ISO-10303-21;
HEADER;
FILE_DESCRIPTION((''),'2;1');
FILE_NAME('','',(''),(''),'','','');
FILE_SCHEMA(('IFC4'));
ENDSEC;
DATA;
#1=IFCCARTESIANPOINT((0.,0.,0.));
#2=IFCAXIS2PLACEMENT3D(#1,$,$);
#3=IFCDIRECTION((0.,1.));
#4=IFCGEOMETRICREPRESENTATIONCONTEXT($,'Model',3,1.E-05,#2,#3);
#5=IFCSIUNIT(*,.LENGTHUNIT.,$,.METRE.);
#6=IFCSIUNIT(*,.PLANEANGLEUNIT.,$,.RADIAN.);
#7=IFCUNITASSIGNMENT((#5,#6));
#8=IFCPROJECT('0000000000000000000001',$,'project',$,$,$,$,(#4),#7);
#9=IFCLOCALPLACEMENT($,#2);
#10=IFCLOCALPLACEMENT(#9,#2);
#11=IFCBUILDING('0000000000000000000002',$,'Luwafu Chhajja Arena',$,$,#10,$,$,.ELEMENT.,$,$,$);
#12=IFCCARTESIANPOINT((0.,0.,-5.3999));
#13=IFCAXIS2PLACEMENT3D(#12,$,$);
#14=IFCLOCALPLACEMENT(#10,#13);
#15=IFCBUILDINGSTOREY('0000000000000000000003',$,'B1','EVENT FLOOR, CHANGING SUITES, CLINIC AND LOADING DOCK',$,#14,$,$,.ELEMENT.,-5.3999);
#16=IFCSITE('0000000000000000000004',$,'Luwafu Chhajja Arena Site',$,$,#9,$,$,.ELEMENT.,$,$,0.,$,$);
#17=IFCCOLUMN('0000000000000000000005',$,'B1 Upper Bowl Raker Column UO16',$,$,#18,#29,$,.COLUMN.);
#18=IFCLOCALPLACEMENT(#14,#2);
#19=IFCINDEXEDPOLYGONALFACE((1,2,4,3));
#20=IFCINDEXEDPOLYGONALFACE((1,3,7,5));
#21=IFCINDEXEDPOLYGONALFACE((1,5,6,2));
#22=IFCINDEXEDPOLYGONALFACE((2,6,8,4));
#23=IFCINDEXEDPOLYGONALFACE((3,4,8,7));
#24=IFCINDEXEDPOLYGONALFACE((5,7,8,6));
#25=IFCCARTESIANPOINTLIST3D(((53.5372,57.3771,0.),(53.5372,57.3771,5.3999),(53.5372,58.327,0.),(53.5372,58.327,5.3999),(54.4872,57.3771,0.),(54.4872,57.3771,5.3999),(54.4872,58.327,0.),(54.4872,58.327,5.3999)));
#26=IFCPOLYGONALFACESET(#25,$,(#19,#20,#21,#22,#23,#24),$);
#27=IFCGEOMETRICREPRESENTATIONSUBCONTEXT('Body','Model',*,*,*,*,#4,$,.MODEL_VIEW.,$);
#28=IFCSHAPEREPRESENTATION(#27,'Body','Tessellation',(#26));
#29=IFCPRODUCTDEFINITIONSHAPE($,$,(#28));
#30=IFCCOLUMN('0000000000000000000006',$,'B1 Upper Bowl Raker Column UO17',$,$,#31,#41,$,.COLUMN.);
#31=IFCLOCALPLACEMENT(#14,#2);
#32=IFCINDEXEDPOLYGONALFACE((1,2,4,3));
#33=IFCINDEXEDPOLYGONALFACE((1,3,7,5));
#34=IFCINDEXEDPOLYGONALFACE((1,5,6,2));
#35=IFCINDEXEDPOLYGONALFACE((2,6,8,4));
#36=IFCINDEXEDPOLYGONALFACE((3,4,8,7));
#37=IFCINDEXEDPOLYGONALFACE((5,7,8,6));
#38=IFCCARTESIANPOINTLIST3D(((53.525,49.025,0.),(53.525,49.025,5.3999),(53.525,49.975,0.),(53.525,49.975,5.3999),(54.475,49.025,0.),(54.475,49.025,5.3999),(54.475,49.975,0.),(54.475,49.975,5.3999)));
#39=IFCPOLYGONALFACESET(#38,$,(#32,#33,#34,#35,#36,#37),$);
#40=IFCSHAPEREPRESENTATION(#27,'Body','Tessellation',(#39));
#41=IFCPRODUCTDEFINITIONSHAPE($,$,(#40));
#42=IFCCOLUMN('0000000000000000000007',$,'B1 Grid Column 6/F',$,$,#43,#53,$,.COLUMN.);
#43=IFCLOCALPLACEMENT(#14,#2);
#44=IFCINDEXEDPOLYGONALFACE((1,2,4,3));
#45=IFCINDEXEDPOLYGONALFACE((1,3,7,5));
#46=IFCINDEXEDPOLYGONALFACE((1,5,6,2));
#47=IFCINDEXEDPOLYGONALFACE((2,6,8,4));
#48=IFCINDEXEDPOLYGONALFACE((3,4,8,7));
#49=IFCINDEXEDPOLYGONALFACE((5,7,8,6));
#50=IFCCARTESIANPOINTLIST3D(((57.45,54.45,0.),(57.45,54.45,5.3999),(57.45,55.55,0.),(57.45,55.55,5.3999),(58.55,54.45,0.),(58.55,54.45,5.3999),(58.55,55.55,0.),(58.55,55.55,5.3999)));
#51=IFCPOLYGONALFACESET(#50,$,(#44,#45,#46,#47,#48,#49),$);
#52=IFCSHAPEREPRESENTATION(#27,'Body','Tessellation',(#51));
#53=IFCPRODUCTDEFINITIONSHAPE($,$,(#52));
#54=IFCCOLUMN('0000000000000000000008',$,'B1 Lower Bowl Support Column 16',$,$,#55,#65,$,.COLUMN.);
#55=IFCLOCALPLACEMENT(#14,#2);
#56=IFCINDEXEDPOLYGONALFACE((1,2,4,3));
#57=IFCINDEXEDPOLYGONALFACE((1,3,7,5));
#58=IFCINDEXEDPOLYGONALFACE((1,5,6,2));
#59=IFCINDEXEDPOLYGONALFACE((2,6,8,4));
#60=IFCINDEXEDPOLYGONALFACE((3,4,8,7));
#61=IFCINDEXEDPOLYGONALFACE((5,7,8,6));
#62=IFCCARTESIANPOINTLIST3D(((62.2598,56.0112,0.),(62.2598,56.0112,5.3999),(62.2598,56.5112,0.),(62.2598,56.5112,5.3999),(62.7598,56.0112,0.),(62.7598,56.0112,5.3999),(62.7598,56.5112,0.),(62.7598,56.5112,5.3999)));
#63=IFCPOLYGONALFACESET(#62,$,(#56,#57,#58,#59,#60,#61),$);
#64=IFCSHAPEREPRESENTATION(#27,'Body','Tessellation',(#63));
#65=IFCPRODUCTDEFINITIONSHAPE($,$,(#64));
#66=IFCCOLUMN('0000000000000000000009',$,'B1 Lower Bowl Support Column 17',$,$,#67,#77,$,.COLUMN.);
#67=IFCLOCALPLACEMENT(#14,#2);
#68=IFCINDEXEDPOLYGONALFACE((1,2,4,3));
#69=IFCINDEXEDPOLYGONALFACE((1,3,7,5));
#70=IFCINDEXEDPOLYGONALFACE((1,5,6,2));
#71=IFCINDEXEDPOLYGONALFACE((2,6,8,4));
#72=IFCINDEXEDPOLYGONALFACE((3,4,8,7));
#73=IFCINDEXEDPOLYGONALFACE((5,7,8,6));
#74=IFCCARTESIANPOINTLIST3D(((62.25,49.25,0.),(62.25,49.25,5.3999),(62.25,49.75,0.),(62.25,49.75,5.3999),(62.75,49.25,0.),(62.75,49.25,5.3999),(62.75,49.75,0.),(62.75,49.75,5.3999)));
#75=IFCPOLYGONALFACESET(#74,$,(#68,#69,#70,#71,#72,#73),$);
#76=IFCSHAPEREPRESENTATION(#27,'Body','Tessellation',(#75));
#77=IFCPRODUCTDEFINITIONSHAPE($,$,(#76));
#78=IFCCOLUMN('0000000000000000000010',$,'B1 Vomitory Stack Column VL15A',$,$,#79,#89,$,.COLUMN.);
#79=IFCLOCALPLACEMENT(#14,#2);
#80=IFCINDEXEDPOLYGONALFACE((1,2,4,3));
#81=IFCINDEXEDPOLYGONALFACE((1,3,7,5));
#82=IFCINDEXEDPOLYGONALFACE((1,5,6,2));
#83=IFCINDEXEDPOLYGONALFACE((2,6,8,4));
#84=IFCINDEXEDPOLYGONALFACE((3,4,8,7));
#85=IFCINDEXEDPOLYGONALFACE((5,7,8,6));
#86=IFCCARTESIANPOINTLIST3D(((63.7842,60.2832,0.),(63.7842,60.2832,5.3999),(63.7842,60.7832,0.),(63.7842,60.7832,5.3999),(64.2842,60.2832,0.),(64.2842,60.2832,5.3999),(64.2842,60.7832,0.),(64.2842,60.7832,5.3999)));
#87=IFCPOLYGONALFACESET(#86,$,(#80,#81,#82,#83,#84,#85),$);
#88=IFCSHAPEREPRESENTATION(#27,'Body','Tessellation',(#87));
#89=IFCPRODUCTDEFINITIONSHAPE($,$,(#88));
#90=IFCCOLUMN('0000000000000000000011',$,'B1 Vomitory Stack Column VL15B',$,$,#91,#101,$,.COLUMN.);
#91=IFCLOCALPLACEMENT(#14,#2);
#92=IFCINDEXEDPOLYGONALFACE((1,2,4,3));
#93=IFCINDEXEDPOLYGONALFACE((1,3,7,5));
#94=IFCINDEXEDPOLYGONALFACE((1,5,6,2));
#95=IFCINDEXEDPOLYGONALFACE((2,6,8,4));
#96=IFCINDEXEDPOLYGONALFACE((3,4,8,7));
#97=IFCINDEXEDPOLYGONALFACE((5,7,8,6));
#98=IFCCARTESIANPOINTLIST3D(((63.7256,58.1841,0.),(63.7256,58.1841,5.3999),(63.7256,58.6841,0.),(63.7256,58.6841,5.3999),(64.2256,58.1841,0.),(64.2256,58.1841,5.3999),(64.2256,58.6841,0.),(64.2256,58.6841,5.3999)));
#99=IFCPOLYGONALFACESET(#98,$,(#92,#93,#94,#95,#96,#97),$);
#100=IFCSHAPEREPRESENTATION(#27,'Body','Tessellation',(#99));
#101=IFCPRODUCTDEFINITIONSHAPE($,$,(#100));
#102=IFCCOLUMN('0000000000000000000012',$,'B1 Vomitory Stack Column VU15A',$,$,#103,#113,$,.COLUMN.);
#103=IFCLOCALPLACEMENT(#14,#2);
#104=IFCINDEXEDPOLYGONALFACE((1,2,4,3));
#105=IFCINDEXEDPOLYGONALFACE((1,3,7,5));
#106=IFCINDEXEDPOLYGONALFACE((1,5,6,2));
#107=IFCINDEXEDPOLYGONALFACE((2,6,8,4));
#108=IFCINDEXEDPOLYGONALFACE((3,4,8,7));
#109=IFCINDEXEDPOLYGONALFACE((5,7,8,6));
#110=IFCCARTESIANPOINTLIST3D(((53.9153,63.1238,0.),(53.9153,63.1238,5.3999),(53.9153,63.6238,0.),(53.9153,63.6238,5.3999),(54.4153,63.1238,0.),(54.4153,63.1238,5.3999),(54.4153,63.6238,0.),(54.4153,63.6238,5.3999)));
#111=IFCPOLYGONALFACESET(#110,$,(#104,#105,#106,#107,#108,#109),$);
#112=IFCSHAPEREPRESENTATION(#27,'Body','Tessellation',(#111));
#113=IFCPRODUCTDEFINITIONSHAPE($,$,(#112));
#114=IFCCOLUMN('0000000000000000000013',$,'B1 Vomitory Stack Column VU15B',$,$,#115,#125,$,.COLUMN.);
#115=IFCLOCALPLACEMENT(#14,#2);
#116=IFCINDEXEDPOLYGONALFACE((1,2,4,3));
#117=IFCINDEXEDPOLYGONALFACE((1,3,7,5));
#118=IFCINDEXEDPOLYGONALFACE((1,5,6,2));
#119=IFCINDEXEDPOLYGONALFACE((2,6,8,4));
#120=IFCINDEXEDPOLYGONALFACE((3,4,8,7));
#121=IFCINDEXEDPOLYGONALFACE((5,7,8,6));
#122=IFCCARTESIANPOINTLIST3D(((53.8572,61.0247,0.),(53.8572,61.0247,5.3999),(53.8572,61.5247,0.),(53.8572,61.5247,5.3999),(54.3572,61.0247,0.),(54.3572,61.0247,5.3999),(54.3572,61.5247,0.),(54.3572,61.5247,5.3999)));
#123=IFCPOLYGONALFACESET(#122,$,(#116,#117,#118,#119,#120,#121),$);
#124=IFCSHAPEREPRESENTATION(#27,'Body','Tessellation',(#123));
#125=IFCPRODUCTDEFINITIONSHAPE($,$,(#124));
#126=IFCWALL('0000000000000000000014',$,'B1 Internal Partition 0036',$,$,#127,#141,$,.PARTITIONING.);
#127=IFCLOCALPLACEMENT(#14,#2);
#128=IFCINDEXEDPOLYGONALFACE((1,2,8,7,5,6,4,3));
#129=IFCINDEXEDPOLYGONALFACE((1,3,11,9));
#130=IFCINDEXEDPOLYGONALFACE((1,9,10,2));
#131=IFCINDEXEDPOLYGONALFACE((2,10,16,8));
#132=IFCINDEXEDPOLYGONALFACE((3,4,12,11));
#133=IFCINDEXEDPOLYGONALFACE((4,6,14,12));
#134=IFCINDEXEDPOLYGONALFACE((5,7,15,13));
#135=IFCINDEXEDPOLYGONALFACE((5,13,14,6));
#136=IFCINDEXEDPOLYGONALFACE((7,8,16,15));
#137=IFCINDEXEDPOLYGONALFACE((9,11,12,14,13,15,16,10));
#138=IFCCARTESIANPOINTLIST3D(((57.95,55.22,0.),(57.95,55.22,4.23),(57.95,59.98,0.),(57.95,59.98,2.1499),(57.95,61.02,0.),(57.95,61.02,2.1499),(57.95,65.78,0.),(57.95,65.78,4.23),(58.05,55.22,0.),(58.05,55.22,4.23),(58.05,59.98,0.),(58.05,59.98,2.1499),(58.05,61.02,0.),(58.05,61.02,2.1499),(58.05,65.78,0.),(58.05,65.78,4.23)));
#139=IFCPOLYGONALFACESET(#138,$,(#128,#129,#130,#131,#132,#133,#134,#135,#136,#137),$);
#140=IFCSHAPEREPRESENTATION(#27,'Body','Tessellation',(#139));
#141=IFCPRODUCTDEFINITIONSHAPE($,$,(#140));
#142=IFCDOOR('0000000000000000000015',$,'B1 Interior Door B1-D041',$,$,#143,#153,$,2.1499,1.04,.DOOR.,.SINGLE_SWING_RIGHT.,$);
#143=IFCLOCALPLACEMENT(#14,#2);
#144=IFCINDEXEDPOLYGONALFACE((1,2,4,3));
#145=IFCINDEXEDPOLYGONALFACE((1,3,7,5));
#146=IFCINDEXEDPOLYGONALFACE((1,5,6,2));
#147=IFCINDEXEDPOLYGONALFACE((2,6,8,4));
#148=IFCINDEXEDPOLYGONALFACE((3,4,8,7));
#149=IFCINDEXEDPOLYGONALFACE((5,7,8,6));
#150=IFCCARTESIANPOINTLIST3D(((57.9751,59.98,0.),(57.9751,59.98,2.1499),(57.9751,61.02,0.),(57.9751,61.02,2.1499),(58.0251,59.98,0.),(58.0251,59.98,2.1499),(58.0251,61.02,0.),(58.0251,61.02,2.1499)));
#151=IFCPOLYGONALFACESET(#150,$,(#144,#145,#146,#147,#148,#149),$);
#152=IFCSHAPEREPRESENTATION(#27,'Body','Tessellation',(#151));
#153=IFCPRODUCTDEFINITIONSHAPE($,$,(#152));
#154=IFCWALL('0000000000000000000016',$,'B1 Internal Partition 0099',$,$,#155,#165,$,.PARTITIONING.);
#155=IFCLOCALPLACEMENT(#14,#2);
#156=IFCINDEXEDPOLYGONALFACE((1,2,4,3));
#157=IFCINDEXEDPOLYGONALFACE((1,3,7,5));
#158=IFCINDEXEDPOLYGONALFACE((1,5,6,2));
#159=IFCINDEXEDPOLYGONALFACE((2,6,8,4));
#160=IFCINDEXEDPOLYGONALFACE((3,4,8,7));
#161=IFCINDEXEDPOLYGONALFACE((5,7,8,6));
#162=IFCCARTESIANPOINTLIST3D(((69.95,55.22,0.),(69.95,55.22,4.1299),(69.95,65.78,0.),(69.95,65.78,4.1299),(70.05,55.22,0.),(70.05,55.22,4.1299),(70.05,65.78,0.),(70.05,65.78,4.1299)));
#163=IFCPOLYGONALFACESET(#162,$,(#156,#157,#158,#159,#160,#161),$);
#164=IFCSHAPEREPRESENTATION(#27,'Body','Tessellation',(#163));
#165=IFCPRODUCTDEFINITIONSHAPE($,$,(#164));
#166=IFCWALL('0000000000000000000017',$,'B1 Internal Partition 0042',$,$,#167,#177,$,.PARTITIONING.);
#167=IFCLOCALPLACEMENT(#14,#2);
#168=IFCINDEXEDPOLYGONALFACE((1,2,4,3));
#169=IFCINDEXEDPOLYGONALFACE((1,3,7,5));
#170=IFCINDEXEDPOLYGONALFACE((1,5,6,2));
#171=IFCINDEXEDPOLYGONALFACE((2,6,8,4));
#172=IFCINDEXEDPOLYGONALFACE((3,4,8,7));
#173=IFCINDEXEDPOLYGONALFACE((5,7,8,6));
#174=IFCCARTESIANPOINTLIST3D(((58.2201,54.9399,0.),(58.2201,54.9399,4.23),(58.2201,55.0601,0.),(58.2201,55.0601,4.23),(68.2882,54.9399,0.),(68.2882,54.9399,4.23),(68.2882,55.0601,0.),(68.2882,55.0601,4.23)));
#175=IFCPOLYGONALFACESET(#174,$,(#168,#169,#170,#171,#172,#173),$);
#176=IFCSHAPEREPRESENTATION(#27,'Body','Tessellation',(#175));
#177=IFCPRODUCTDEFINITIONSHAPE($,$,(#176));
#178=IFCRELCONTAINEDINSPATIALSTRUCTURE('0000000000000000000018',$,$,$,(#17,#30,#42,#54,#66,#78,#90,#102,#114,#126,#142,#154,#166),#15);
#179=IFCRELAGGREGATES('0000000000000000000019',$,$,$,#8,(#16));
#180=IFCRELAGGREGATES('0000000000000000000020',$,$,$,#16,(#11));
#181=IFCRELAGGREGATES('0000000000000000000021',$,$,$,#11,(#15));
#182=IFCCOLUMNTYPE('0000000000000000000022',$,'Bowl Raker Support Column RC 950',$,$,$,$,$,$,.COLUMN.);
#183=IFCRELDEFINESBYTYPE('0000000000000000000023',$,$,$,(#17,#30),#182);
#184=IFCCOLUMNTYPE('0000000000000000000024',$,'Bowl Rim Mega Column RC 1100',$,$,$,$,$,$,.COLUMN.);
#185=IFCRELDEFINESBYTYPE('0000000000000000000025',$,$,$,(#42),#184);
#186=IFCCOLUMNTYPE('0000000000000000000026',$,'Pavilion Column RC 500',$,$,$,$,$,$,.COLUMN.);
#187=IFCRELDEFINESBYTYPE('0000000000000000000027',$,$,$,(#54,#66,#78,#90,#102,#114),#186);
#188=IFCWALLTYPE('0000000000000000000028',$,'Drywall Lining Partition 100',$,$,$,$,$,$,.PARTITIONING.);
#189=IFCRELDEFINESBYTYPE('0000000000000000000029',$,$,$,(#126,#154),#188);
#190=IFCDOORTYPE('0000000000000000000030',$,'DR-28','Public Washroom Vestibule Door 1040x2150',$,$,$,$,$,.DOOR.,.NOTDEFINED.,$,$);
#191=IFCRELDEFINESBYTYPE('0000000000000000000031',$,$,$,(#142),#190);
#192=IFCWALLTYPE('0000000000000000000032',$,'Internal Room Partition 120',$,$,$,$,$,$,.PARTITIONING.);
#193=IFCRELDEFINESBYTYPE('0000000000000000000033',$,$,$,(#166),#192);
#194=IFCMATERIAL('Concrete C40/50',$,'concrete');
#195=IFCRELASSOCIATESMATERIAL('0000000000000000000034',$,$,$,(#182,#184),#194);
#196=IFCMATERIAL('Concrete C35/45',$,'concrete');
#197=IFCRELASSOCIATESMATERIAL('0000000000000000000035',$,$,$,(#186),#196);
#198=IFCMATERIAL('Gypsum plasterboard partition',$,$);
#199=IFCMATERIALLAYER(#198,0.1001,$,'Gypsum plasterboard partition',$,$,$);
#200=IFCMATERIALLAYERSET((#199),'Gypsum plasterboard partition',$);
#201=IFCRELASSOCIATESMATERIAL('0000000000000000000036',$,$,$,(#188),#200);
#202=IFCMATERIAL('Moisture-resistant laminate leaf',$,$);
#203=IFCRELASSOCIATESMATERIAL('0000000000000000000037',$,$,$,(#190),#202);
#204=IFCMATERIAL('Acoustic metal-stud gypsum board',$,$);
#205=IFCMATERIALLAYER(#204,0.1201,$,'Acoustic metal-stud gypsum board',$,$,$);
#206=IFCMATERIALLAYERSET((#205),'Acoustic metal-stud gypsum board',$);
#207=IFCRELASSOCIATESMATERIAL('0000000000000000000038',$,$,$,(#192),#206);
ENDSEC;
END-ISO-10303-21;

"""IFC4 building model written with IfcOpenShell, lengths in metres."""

from ifc_helpers import new_model, si_unit, direction, frame, frame_2d, origin, origin_2d, place, context, subcontext, project, spatial, rectangle, extrude, material, layer, layer_set, material_profile, profile_set, type_object, element, fill, save


model = new_model("IFC4")

# Units and contexts
model_context = context("Model", 3, precision=1e-05, world=origin(), true_north=direction((0.0, 1.0)))
body_context = subcontext(model_context, "Body", "Model", "MODEL_VIEW")
ifc_project = project(units=[si_unit("LENGTHUNIT", "METRE"), si_unit("PLANEANGLEUNIT", "RADIAN")], contexts=[model_context])

# Site, building, storey
site_placement = place(None, origin())
site = spatial("IfcSite", under=ifc_project, at=site_placement, Name="Luwafu Chhajja Arena Site", CompositionType="ELEMENT", RefElevation=0.0)
building_placement = place(site_placement, origin())
building = spatial("IfcBuilding", under=site, at=building_placement, Name="Luwafu Chhajja Arena", CompositionType="ELEMENT")
storey_placement = place(building_placement, frame((0.0, 0.0, -5.3999)))
storey = spatial("IfcBuildingStorey", under=building, at=storey_placement, Name="B1", Description="EVENT FLOOR, CHANGING SUITES, CLINIC AND LOADING DOCK", CompositionType="ELEMENT", Elevation=-5.3999)

# Shared definitions
ifc_material_1 = material(Name="Concrete C35/45", Category="concrete")

# Columns
ifc_material_2 = material(Name="Concrete C40/50", Category="concrete")
ifc_material_profile_1 = material_profile(ifc_material_2, rectangle(XDim=0.95, YDim=0.95, at=origin_2d()), Name="RC 950x950")
ifc_profile_set_1 = profile_set([ifc_material_profile_1], Name="Concrete C40/50")
column_type_1 = type_object("IfcColumnType", Name="Bowl Raker Support Column RC 950", PredefinedType="COLUMN", material=ifc_profile_set_1)
for number, where, z_axis, x_axis, name in (
    (1, (54.0122, 57.8521, 0.0), (0.0, 0.0, 1.0), (1.0, 0.0, 0.0), "B1 Upper Bowl Raker Column UO16"),
    (2, (54.0, 49.5, 0.0), (0.0, 0.0, 1.0), (1.0, 0.0, 0.0), "B1 Upper Bowl Raker Column UO17"),
):
    element("IfcColumn", number, at=place(storey_placement, frame(where, z_axis=z_axis, x_axis=x_axis)), inside=storey, type_object=column_type_1, Name=name, PredefinedType="COLUMN", context=body_context, shape_type="SweptSolid", body=[
        extrude(rectangle(XDim=0.95, YDim=0.95, at=origin_2d()), origin(), (0.0, 0.0, 1.0), 5.3999),
    ])
ifc_material_profile_2 = material_profile(ifc_material_2, rectangle(XDim=1.1001, YDim=1.1001, at=origin_2d()), Name="RC 1100x1100")
ifc_profile_set_2 = profile_set([ifc_material_profile_2], Name="Concrete C40/50")
column_type_2 = type_object("IfcColumnType", Name="Bowl Rim Mega Column RC 1100", PredefinedType="COLUMN", material=ifc_profile_set_2)
column_1_placement = place(storey_placement, frame((58.0, 55.0, 0.0), z_axis=(0.0, 0.0, 1.0), x_axis=(1.0, 0.0, 0.0)))
element("IfcColumn", 3, at=column_1_placement, inside=storey, type_object=column_type_2, Name="B1 Grid Column 6/F", PredefinedType="COLUMN", context=body_context, shape_type="SweptSolid", body=[
    extrude(rectangle(XDim=1.1001, YDim=1.1001, at=origin_2d()), origin(), (0.0, 0.0, 1.0), 5.3999),
])
ifc_material_profile_3 = material_profile(ifc_material_1, rectangle(XDim=0.5, YDim=0.5, at=origin_2d()), Name="RC 500x500")
ifc_profile_set_3 = profile_set([ifc_material_profile_3], Name="Concrete C35/45")
column_type_3 = type_object("IfcColumnType", Name="Pavilion Column RC 500", PredefinedType="COLUMN", material=ifc_profile_set_3)
for number, where, z_axis, x_axis, name in (
    (4, (62.5098, 56.2612, 0.0), (0.0, 0.0, 1.0), (1.0, 0.0, 0.0), "B1 Lower Bowl Support Column 16"),
    (5, (62.5, 49.5, 0.0), (0.0, 0.0, 1.0), (1.0, 0.0, 0.0), "B1 Lower Bowl Support Column 17"),
    (6, (64.0342, 60.5332, 0.0), (0.0, 0.0, 1.0), (1.0, 0.0, 0.0), "B1 Vomitory Stack Column VL15A"),
    (7, (63.9756, 58.4341, 0.0), (0.0, 0.0, 1.0), (1.0, 0.0, 0.0), "B1 Vomitory Stack Column VL15B"),
    (8, (54.1653, 63.3738, 0.0), (0.0, 0.0, 1.0), (1.0, 0.0, 0.0), "B1 Vomitory Stack Column VU15A"),
    (9, (54.1072, 61.2747, 0.0), (0.0, 0.0, 1.0), (1.0, 0.0, 0.0), "B1 Vomitory Stack Column VU15B"),
):
    element("IfcColumn", number, at=place(storey_placement, frame(where, z_axis=z_axis, x_axis=x_axis)), inside=storey, type_object=column_type_3, Name=name, PredefinedType="COLUMN", context=body_context, shape_type="SweptSolid", body=[
        extrude(rectangle(XDim=0.5, YDim=0.5, at=origin_2d()), origin(), (0.0, 0.0, 1.0), 5.3999),
    ])

# Wall, opening, door
ifc_material_3 = material(Name="Gypsum plasterboard partition")
ifc_layer_1 = layer(ifc_material_3, 0.1001, Name="Gypsum plasterboard partition")
ifc_layer_set_1 = layer_set([ifc_layer_1], Name="Gypsum plasterboard partition")
wall_type_1 = type_object("IfcWallType", Name="Drywall Lining Partition 100", PredefinedType="PARTITIONING", material=ifc_layer_set_1)
wall_1_placement = place(storey_placement, frame((58.0, 55.22, 0.0), z_axis=(0.0, 0.0, 1.0), x_axis=(0.0, 1.0, 0.0)))
wall_1 = element("IfcWall", 10, at=wall_1_placement, inside=storey, type_object=wall_type_1, Name="B1 Internal Partition 0036", PredefinedType="PARTITIONING", context=body_context, shape_type="SweptSolid", body=[
    extrude(rectangle(XDim=10.5601, YDim=0.1001, at=frame_2d((5.28, 0.0))), origin(), (0.0, 0.0, 1.0), 4.23),
])
opening_placement = place(wall_1_placement, frame((4.76, 0.0, 0.0)))
opening = element("IfcOpeningElement", 11, at=opening_placement, cuts=wall_1, PredefinedType="OPENING", context=body_context, shape_type="SweptSolid", body=[
    extrude(rectangle(XDim=1.04, YDim=2.1499, at=frame_2d((0.52, 1.075))), frame((0.0, 0.0601, 0.0), z_axis=(0.0, -1.0, 0.0), x_axis=(1.0, 0.0, 0.0)), (0.0, 0.0, 1.0), 0.1201),
])
ifc_material_4 = material(Name="Moisture-resistant laminate leaf")
door_type = type_object("IfcDoorType", Name="DR-28", Description="Public Washroom Vestibule Door 1040x2150", OperationType="NOTDEFINED", PredefinedType="DOOR", material=ifc_material_4)
door_placement = place(opening_placement, origin())
door = element("IfcDoor", 12, at=door_placement, inside=storey, type_object=door_type, Name="B1 Interior Door B1-D041", OperationType="SINGLE_SWING_RIGHT", OverallHeight=2.1499, OverallWidth=1.04, PredefinedType="DOOR", context=body_context, shape_type="SweptSolid", body=[
    extrude(rectangle(XDim=1.04, YDim=2.1499, at=frame_2d((0.52, 1.075))), frame((0.0, 0.0249, 0.0), z_axis=(0.0, -1.0, 0.0), x_axis=(1.0, 0.0, 0.0)), (0.0, 0.0, 1.0), 0.05),
])
fill(opening, door)

# Walls
wall_2_placement = place(storey_placement, frame((70.0, 55.22, 0.0), z_axis=(0.0, 0.0, 1.0), x_axis=(0.0, 1.0, 0.0)))
element("IfcWall", 13, at=wall_2_placement, inside=storey, type_object=wall_type_1, Name="B1 Internal Partition 0099", PredefinedType="PARTITIONING", context=body_context, shape_type="SweptSolid", body=[
    extrude(rectangle(XDim=10.5601, YDim=0.1001, at=frame_2d((5.28, 0.0))), origin(), (0.0, 0.0, 1.0), 4.1299),
])
ifc_material_5 = material(Name="Acoustic metal-stud gypsum board")
ifc_layer_2 = layer(ifc_material_5, 0.1201, Name="Acoustic metal-stud gypsum board")
ifc_layer_set_2 = layer_set([ifc_layer_2], Name="Acoustic metal-stud gypsum board")
wall_type_2 = type_object("IfcWallType", Name="Internal Room Partition 120", PredefinedType="PARTITIONING", material=ifc_layer_set_2)
wall_3_placement = place(storey_placement, frame((58.22, 55.0, 0.0), z_axis=(0.0, 0.0, 1.0), x_axis=(1.0, 0.0, 0.0)))
element("IfcWall", 14, at=wall_3_placement, inside=storey, type_object=wall_type_2, Name="B1 Internal Partition 0042", PredefinedType="PARTITIONING", context=body_context, shape_type="SweptSolid", body=[
    extrude(rectangle(XDim=10.0681, YDim=0.1201, at=frame_2d((5.0342, 0.0))), origin(), (0.0, 0.0, 1.0), 4.23),
])

save(model, "model.ifc")
